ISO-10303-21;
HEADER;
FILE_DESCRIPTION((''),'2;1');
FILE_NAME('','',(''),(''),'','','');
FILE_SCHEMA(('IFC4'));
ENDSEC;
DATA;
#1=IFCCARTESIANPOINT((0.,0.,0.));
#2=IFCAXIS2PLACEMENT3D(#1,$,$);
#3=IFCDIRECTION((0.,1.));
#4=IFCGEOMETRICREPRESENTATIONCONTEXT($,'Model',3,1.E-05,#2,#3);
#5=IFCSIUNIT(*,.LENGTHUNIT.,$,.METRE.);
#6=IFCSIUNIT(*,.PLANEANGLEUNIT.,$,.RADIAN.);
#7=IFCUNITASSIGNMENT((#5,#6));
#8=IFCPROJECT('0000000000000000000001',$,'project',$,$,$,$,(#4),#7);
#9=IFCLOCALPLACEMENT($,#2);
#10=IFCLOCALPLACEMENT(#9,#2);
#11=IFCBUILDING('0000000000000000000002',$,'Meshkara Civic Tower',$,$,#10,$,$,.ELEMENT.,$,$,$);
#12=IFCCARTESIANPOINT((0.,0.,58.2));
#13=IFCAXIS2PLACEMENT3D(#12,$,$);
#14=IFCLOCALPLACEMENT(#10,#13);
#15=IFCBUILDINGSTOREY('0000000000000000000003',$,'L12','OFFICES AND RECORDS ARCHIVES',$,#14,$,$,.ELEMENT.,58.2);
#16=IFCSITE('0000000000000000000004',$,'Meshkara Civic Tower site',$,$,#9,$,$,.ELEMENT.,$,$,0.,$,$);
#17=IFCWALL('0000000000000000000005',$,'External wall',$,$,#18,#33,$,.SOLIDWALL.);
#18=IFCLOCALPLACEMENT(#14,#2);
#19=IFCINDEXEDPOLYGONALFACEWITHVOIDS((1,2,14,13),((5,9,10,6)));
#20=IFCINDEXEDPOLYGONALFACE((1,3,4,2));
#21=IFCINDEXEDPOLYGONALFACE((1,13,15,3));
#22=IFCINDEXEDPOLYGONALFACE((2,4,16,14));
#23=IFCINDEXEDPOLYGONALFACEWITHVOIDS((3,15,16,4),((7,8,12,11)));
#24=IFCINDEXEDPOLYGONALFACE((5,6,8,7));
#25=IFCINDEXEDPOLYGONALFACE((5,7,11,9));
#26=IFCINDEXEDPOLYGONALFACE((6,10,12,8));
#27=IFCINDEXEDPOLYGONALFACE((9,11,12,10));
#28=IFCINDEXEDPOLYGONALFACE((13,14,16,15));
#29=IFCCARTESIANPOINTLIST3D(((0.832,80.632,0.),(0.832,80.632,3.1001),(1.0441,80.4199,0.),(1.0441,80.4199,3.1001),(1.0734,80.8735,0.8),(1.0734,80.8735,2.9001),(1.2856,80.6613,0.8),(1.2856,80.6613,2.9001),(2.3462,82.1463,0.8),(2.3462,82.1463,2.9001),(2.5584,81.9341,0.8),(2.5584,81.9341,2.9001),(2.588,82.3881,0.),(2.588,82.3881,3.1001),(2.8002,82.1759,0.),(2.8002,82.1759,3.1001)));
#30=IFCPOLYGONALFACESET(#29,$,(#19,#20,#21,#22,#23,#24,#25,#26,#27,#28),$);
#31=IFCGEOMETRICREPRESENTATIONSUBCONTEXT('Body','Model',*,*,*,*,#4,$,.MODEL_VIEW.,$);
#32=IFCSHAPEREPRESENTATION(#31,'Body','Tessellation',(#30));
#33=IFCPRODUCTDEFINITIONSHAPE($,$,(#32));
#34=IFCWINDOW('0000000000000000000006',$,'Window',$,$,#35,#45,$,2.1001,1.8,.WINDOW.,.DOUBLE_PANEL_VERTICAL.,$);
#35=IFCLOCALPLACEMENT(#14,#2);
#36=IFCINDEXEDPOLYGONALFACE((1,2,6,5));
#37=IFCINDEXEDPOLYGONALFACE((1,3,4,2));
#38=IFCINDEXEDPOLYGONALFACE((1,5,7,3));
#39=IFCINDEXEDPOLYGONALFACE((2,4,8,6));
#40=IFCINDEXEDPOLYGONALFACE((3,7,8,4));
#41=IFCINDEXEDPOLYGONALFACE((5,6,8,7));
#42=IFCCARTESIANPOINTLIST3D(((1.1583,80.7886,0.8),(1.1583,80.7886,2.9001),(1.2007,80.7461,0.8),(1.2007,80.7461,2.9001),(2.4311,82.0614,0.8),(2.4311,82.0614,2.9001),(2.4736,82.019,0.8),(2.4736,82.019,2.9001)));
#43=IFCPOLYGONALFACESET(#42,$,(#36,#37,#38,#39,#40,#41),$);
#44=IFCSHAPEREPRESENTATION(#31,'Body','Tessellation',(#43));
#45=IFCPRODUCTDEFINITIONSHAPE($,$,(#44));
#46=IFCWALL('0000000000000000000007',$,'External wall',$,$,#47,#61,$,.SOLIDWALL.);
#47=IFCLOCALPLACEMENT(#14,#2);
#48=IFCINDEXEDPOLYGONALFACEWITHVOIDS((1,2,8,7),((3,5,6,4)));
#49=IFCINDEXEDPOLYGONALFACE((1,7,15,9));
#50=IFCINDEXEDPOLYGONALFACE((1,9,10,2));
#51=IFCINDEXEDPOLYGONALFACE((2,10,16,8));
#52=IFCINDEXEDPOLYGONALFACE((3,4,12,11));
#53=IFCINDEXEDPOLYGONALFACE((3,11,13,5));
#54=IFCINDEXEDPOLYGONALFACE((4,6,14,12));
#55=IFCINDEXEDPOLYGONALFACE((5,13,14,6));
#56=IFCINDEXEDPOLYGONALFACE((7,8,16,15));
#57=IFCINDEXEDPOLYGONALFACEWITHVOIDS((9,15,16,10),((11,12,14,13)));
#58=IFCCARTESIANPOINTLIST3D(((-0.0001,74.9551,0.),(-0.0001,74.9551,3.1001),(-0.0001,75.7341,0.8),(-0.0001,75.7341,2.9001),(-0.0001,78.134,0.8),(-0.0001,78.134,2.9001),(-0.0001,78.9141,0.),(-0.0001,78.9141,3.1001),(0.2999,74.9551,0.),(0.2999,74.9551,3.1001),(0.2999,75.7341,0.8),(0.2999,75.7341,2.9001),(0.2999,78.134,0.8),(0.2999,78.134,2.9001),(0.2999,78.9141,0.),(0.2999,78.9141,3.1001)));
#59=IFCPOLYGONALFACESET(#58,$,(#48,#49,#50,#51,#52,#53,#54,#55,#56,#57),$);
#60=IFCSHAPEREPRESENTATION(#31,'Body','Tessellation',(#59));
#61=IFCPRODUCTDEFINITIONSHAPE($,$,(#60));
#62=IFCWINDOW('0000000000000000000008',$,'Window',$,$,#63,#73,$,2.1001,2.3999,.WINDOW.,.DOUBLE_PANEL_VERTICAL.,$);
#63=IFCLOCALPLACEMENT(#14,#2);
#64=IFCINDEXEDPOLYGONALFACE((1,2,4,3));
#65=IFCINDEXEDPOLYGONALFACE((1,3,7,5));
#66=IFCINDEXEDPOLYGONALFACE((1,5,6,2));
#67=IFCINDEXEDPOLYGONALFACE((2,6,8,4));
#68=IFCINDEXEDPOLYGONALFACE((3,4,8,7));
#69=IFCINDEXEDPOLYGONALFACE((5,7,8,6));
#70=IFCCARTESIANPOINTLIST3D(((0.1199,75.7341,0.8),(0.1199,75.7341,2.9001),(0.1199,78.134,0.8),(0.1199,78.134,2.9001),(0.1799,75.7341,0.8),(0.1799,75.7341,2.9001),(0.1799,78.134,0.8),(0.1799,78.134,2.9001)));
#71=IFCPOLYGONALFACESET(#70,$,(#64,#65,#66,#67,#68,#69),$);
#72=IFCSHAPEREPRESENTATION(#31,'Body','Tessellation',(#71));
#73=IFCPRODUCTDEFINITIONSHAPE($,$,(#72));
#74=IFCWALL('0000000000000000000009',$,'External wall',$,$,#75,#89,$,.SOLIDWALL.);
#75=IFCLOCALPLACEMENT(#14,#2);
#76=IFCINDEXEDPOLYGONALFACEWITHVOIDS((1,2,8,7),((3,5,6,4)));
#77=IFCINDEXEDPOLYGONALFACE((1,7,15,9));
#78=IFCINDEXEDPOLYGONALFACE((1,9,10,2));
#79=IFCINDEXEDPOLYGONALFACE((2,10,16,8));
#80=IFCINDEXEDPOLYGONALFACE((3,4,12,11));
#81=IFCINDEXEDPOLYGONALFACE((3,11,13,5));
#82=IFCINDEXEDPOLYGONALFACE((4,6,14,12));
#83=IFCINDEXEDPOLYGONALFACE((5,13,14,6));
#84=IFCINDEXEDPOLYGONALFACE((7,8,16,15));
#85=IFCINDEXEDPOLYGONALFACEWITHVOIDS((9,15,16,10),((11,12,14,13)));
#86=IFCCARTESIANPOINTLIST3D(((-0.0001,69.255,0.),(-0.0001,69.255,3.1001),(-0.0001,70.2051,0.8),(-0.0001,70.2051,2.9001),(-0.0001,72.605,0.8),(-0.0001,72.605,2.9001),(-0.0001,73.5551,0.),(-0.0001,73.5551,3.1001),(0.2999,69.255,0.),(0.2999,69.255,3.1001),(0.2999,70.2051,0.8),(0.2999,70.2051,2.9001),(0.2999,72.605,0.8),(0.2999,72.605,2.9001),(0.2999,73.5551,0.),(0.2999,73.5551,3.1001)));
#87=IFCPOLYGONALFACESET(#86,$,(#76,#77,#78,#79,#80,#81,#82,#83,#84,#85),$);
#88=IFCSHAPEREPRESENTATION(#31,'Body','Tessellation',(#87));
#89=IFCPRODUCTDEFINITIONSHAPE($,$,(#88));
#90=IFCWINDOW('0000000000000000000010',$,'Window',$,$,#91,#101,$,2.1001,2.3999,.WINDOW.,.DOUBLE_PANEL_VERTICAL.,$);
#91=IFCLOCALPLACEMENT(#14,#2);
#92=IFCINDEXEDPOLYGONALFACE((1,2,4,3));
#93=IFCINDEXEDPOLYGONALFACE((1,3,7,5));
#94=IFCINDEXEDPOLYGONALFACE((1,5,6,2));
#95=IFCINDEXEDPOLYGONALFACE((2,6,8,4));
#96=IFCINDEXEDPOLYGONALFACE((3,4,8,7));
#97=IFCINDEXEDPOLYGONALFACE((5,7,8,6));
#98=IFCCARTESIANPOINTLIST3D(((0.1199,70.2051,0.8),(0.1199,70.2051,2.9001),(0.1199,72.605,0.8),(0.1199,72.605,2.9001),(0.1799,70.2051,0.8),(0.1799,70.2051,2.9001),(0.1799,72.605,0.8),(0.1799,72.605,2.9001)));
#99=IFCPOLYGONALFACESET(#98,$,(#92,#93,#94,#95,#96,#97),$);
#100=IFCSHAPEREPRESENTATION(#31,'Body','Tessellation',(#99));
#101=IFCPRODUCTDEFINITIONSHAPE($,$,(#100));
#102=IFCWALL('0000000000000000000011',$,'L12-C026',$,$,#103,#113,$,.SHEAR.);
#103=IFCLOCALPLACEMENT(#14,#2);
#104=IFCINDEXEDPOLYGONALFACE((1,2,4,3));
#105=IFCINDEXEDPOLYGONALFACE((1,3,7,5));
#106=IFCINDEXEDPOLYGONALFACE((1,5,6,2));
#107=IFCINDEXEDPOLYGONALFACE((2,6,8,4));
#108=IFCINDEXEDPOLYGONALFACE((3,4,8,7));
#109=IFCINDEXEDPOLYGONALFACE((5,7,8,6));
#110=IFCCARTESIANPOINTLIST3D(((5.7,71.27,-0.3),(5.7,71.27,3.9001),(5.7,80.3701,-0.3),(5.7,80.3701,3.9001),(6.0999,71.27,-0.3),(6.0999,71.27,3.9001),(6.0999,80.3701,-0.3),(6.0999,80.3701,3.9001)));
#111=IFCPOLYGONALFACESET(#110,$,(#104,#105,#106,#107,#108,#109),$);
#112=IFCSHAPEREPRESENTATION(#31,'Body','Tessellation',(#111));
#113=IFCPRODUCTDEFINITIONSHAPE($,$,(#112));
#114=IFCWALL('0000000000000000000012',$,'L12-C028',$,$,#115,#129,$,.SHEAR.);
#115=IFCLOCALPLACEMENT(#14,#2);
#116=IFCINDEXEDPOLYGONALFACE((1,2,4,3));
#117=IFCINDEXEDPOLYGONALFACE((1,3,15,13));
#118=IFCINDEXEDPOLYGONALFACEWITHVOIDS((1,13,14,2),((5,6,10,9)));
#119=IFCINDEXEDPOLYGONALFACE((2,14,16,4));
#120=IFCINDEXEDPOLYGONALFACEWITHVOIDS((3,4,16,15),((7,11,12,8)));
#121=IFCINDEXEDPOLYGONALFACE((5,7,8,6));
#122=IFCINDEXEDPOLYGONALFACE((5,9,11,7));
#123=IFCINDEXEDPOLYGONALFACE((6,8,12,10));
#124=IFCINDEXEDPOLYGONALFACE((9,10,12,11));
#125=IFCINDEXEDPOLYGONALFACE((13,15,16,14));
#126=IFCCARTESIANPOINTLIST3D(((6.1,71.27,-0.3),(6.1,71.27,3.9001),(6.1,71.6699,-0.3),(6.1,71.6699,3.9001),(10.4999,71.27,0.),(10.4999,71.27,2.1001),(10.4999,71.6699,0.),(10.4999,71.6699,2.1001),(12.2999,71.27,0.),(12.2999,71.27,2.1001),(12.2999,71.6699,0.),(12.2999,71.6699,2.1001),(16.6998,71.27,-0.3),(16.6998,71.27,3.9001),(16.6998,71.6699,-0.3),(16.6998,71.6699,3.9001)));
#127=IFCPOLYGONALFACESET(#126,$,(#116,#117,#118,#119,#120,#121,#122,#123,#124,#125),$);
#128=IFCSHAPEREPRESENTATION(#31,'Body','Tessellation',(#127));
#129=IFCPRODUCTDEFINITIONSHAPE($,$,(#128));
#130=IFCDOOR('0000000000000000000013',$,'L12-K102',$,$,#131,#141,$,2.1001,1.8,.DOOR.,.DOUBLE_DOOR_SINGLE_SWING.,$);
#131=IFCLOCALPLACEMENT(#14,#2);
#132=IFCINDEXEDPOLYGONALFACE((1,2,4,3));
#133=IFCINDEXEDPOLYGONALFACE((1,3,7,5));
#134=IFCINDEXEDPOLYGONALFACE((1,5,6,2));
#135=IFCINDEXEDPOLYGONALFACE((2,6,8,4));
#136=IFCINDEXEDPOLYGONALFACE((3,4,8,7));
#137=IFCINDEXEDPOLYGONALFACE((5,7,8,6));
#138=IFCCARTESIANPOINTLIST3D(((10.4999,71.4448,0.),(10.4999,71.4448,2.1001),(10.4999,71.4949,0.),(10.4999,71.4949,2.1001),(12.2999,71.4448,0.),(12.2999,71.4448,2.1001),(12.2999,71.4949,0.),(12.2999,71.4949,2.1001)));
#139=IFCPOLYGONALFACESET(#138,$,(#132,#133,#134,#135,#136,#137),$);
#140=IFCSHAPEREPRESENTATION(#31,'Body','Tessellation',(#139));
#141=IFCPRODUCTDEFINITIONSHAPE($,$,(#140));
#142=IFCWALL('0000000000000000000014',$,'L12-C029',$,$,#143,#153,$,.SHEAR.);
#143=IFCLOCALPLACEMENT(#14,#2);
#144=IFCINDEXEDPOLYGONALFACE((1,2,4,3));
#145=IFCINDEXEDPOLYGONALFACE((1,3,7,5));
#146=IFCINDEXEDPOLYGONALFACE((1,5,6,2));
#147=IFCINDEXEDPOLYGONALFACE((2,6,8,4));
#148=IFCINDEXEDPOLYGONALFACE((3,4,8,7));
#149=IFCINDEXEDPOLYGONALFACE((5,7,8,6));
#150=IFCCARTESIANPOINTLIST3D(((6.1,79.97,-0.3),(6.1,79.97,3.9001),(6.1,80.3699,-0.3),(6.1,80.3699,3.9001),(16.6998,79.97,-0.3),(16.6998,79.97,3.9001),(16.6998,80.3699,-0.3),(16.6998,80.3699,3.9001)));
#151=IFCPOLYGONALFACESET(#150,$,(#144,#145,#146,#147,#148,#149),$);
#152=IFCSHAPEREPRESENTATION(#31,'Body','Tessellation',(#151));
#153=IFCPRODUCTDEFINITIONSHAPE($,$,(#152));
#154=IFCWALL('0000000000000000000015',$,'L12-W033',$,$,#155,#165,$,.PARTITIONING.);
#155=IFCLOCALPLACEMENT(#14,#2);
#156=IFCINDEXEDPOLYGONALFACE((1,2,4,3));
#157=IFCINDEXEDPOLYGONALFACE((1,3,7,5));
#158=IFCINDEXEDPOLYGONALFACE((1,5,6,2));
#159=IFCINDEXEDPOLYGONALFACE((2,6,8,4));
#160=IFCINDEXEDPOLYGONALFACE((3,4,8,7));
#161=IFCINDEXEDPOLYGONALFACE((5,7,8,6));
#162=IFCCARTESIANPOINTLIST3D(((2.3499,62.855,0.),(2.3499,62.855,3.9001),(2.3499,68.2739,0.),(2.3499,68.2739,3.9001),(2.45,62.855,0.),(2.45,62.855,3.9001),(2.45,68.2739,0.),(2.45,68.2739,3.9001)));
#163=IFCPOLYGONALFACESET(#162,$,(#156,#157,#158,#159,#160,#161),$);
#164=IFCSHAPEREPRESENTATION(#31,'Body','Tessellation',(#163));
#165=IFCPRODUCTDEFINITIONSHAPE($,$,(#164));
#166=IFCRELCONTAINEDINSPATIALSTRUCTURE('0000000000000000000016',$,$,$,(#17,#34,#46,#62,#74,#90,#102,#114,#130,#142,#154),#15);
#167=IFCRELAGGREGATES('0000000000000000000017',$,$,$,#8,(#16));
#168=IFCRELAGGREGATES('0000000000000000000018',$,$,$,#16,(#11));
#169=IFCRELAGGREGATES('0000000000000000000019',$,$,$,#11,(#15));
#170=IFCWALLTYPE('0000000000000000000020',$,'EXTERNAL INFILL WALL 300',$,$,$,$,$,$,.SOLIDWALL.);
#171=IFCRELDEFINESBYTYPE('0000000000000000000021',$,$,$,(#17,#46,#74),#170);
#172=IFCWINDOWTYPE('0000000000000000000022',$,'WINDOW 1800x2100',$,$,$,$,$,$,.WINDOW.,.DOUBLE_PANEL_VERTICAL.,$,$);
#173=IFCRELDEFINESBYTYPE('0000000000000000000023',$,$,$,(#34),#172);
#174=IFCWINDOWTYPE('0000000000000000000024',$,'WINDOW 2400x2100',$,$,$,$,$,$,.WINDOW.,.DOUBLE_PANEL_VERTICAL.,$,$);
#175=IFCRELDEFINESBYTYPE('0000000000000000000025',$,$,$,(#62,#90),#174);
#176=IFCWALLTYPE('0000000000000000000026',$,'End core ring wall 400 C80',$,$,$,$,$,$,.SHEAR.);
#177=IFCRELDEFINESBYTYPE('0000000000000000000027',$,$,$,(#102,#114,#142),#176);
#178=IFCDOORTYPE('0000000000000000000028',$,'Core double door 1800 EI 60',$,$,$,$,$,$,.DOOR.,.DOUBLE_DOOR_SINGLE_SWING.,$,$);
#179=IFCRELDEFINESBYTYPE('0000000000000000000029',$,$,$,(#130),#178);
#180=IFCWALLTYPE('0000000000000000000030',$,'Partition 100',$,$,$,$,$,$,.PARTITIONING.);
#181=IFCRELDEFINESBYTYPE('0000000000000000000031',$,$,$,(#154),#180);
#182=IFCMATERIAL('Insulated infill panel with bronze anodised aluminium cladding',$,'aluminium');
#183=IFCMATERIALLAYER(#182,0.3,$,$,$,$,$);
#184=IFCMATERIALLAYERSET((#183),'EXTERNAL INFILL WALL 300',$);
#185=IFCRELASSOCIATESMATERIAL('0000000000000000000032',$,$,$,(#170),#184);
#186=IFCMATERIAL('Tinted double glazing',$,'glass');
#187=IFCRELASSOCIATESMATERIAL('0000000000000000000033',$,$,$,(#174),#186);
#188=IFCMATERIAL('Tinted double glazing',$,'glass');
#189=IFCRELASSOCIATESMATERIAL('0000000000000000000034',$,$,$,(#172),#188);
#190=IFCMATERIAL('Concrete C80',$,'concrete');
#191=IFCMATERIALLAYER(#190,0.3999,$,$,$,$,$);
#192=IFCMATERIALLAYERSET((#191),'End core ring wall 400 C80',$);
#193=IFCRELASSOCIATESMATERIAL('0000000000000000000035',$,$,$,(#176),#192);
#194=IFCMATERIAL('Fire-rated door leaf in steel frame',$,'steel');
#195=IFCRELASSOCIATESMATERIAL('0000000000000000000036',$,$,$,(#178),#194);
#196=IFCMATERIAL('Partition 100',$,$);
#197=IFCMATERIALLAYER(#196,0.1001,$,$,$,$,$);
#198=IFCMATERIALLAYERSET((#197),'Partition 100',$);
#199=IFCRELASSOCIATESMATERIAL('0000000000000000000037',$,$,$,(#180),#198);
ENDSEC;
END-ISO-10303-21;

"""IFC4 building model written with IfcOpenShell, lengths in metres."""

from ifc_helpers import new_model, si_unit, direction, frame, frame_2d, origin, place, context, subcontext, project, spatial, rectangle, extrude, material, layer, layer_set, type_object, element, fill, save


model = new_model("IFC4")

# Units and contexts
model_context = context("Model", 3, precision=1e-05, world=origin(), true_north=direction((0.0, 1.0)))
body_context = subcontext(model_context, "Body", "Model", "MODEL_VIEW")
ifc_project = project(units=[si_unit("LENGTHUNIT", "METRE"), si_unit("PLANEANGLEUNIT", "RADIAN")], contexts=[model_context])

# Site, building, storey
site_placement = place(None, origin())
site = spatial("IfcSite", under=ifc_project, at=site_placement, Name="Meshkara Civic Tower site", CompositionType="ELEMENT", RefElevation=0.0)
building_placement = place(site_placement, origin())
building = spatial("IfcBuilding", under=site, at=building_placement, Name="Meshkara Civic Tower", CompositionType="ELEMENT")
storey_placement = place(building_placement, frame((0.0, 0.0, 58.2)))
storey = spatial("IfcBuildingStorey", under=building, at=storey_placement, Name="L12", Description="OFFICES AND RECORDS ARCHIVES", CompositionType="ELEMENT", Elevation=58.2)

# Walls, openings, windows
ifc_material_1 = material(Name="Insulated infill panel with bronze anodised aluminium cladding", Category="aluminium")
ifc_layer_1 = layer(ifc_material_1, 0.3)
ifc_layer_set_1 = layer_set([ifc_layer_1], Name="EXTERNAL INFILL WALL 300")
wall_type_1 = type_object("IfcWallType", Name="EXTERNAL INFILL WALL 300", PredefinedType="SOLIDWALL", material=ifc_layer_set_1)
ifc_material_2 = material(Name="Tinted double glazing", Category="glass")
window_type_1 = type_object("IfcWindowType", Name="WINDOW 2400x2100", PartitioningType="DOUBLE_PANEL_VERTICAL", PredefinedType="WINDOW", material=ifc_material_2)
wall_1_placement = place(storey_placement, frame((2.6941, 82.282, 0.0), z_axis=(0.0, 0.0, 1.0), x_axis=(-0.707107, -0.707107, 0.0)))
wall_1 = element("IfcWall", 1, at=wall_1_placement, inside=storey, type_object=wall_type_1, Name="External wall", PredefinedType="SOLIDWALL", context=body_context, shape_type="SweptSolid", body=[
    extrude(rectangle(XDim=2.4834, YDim=0.3, at=frame_2d((1.2417, 0.0))), origin(), (0.0, 0.0, 1.0), 3.1001),
])
opening_1_placement = place(wall_1_placement, frame((0.342, 0.0, 0.8)))
opening_1 = element("IfcOpeningElement", 2, at=opening_1_placement, cuts=wall_1, PredefinedType="OPENING", context=body_context, shape_type="SweptSolid", body=[
    extrude(rectangle(XDim=1.8, YDim=2.1001, at=frame_2d((0.8999, 1.05))), frame((0.0, 0.1599, 0.0), z_axis=(0.0, -1.0, 0.0), x_axis=(1.0, 0.0, 0.0)), (0.0, 0.0, 1.0), 0.3201),
])
ifc_material_3 = material(Name="Tinted double glazing", Category="glass")
window_type_2 = type_object("IfcWindowType", Name="WINDOW 1800x2100", PartitioningType="DOUBLE_PANEL_VERTICAL", PredefinedType="WINDOW", material=ifc_material_3)
window_1_placement = place(opening_1_placement, origin())
window_1 = element("IfcWindow", 3, at=window_1_placement, inside=storey, type_object=window_type_2, Name="Window", OverallHeight=2.1001, OverallWidth=1.8, PartitioningType="DOUBLE_PANEL_VERTICAL", PredefinedType="WINDOW", context=body_context, shape_type="SweptSolid", body=[
    extrude(rectangle(XDim=1.8, YDim=2.1001, at=frame_2d((0.8999, 1.05))), frame((0.0, 0.03, 0.0), z_axis=(0.0, -1.0, 0.0), x_axis=(1.0, 0.0, 0.0)), (0.0, 0.0, 1.0), 0.0601),
])
fill(opening_1, window_1)
wall_2_placement = place(storey_placement, frame((0.1499, 78.9141, 0.0), z_axis=(0.0, 0.0, 1.0), x_axis=(0.0, -1.0, 0.0)))
wall_2 = element("IfcWall", 4, at=wall_2_placement, inside=storey, type_object=wall_type_1, Name="External wall", PredefinedType="SOLIDWALL", context=body_context, shape_type="SweptSolid", body=[
    extrude(rectangle(XDim=3.959, YDim=0.3, at=frame_2d((1.9795, 0.0))), origin(), (0.0, 0.0, 1.0), 3.1001),
])
opening_2_placement = place(wall_2_placement, frame((0.78, 0.0, 0.8)))
opening_2 = element("IfcOpeningElement", 5, at=opening_2_placement, cuts=wall_2, PredefinedType="OPENING", context=body_context, shape_type="SweptSolid", body=[
    extrude(rectangle(XDim=2.3999, YDim=2.1001, at=frame_2d((1.2, 1.05))), frame((0.0, 0.1599, 0.0), z_axis=(0.0, -1.0, 0.0), x_axis=(1.0, 0.0, 0.0)), (0.0, 0.0, 1.0), 0.3201),
])
window_2_placement = place(opening_2_placement, origin())
window_2 = element("IfcWindow", 6, at=window_2_placement, inside=storey, type_object=window_type_1, Name="Window", OverallHeight=2.1001, OverallWidth=2.3999, PartitioningType="DOUBLE_PANEL_VERTICAL", PredefinedType="WINDOW", context=body_context, shape_type="SweptSolid", body=[
    extrude(rectangle(XDim=2.3999, YDim=2.1001, at=frame_2d((1.2, 1.05))), frame((0.0, 0.03, 0.0), z_axis=(0.0, -1.0, 0.0), x_axis=(1.0, 0.0, 0.0)), (0.0, 0.0, 1.0), 0.0601),
])
fill(opening_2, window_2)
wall_3_placement = place(storey_placement, frame((0.1499, 73.5549, 0.0), z_axis=(0.0, 0.0, 1.0), x_axis=(0.0, -1.0, 0.0)))
wall_3 = element("IfcWall", 7, at=wall_3_placement, inside=storey, type_object=wall_type_1, Name="External wall", PredefinedType="SOLIDWALL", context=body_context, shape_type="SweptSolid", body=[
    extrude(rectangle(XDim=4.3, YDim=0.3, at=frame_2d((2.1499, 0.0))), origin(), (0.0, 0.0, 1.0), 3.1001),
])
opening_3_placement = place(wall_3_placement, frame((0.95, 0.0, 0.8)))
opening_3 = element("IfcOpeningElement", 8, at=opening_3_placement, cuts=wall_3, PredefinedType="OPENING", context=body_context, shape_type="SweptSolid", body=[
    extrude(rectangle(XDim=2.3999, YDim=2.1001, at=frame_2d((1.2, 1.05))), frame((0.0, 0.1599, 0.0), z_axis=(0.0, -1.0, 0.0), x_axis=(1.0, 0.0, 0.0)), (0.0, 0.0, 1.0), 0.3201),
])
window_3_placement = place(opening_3_placement, origin())
window_3 = element("IfcWindow", 9, at=window_3_placement, inside=storey, type_object=window_type_1, Name="Window", OverallHeight=2.1001, OverallWidth=2.3999, PartitioningType="DOUBLE_PANEL_VERTICAL", PredefinedType="WINDOW", context=body_context, shape_type="SweptSolid", body=[
    extrude(rectangle(XDim=2.3999, YDim=2.1001, at=frame_2d((1.2, 1.05))), frame((0.0, 0.03, 0.0), z_axis=(0.0, -1.0, 0.0), x_axis=(1.0, 0.0, 0.0)), (0.0, 0.0, 1.0), 0.0601),
])
fill(opening_3, window_3)

# Wall
ifc_material_4 = material(Name="Concrete C80", Category="concrete")
ifc_layer_2 = layer(ifc_material_4, 0.3999)
ifc_layer_set_2 = layer_set([ifc_layer_2], Name="End core ring wall 400 C80")
wall_type_2 = type_object("IfcWallType", Name="End core ring wall 400 C80", PredefinedType="SHEAR", material=ifc_layer_set_2)
wall_4_placement = place(storey_placement, frame((5.8999, 71.27, -0.3), z_axis=(0.0, 0.0, 1.0), x_axis=(0.0, 1.0, 0.0)))
element("IfcWall", 10, at=wall_4_placement, inside=storey, type_object=wall_type_2, Name="L12-C026", PredefinedType="SHEAR", context=body_context, shape_type="SweptSolid", body=[
    extrude(rectangle(XDim=9.1001, YDim=0.3999, at=frame_2d((4.55, 0.0))), origin(), (0.0, 0.0, 1.0), 4.2002),
])

# Wall, opening, door
wall_5_placement = place(storey_placement, frame((6.1001, 71.47, -0.3), z_axis=(0.0, 0.0, 1.0), x_axis=(1.0, 0.0, 0.0)))
wall_5 = element("IfcWall", 11, at=wall_5_placement, inside=storey, type_object=wall_type_2, Name="L12-C028", PredefinedType="SHEAR", context=body_context, shape_type="SweptSolid", body=[
    extrude(rectangle(XDim=10.5999, YDim=0.3999, at=frame_2d((5.2998, 0.0))), origin(), (0.0, 0.0, 1.0), 4.2002),
])
opening_4_placement = place(wall_5_placement, frame((4.3999, 0.0, 0.3)))
opening_4 = element("IfcOpeningElement", 12, at=opening_4_placement, cuts=wall_5, PredefinedType="OPENING", context=body_context, shape_type="SweptSolid", body=[
    extrude(rectangle(XDim=1.8, YDim=2.1001, at=frame_2d((0.8999, 1.05))), frame((0.0, 0.21, 0.0), z_axis=(0.0, -1.0, 0.0), x_axis=(1.0, 0.0, 0.0)), (0.0, 0.0, 1.0), 0.4199),
])
ifc_material_5 = material(Name="Fire-rated door leaf in steel frame", Category="steel")
door_type_1 = type_object("IfcDoorType", Name="Core double door 1800 EI 60", OperationType="DOUBLE_DOOR_SINGLE_SWING", PredefinedType="DOOR", material=ifc_material_5)
door_1_placement = place(opening_4_placement, origin())
door_1 = element("IfcDoor", 13, at=door_1_placement, inside=storey, type_object=door_type_1, Name="L12-K102", OperationType="DOUBLE_DOOR_SINGLE_SWING", OverallHeight=2.1001, OverallWidth=1.8, PredefinedType="DOOR", context=body_context, shape_type="SweptSolid", body=[
    extrude(rectangle(XDim=1.8, YDim=2.1001, at=frame_2d((0.8999, 1.05))), frame((0.0, 0.0249, 0.0), z_axis=(0.0, -1.0, 0.0), x_axis=(1.0, 0.0, 0.0)), (0.0, 0.0, 1.0), 0.05),
])
fill(opening_4, door_1)

# Walls
wall_6_placement = place(storey_placement, frame((6.1001, 80.1699, -0.3), z_axis=(0.0, 0.0, 1.0), x_axis=(1.0, 0.0, 0.0)))
element("IfcWall", 14, at=wall_6_placement, inside=storey, type_object=wall_type_2, Name="L12-C029", PredefinedType="SHEAR", context=body_context, shape_type="SweptSolid", body=[
    extrude(rectangle(XDim=10.5999, YDim=0.3999, at=frame_2d((5.2998, 0.0))), origin(), (0.0, 0.0, 1.0), 4.2002),
])
ifc_material_6 = material(Name="Partition 100")
ifc_layer_3 = layer(ifc_material_6, 0.1001)
ifc_layer_set_3 = layer_set([ifc_layer_3], Name="Partition 100")
wall_type_3 = type_object("IfcWallType", Name="Partition 100", PredefinedType="PARTITIONING", material=ifc_layer_set_3)
wall_7_placement = place(storey_placement, frame((2.3999, 68.2739, 0.0), z_axis=(0.0, 0.0, 1.0), x_axis=(0.0, -1.0, 0.0)))
element("IfcWall", 15, at=wall_7_placement, inside=storey, type_object=wall_type_3, Name="L12-W033", PredefinedType="PARTITIONING", context=body_context, shape_type="SweptSolid", body=[
    extrude(rectangle(XDim=5.4189, YDim=0.1001, at=frame_2d((2.7095, 0.0))), origin(), (0.0, 0.0, 1.0), 3.9001),
])

save(model, "model.ifc")
